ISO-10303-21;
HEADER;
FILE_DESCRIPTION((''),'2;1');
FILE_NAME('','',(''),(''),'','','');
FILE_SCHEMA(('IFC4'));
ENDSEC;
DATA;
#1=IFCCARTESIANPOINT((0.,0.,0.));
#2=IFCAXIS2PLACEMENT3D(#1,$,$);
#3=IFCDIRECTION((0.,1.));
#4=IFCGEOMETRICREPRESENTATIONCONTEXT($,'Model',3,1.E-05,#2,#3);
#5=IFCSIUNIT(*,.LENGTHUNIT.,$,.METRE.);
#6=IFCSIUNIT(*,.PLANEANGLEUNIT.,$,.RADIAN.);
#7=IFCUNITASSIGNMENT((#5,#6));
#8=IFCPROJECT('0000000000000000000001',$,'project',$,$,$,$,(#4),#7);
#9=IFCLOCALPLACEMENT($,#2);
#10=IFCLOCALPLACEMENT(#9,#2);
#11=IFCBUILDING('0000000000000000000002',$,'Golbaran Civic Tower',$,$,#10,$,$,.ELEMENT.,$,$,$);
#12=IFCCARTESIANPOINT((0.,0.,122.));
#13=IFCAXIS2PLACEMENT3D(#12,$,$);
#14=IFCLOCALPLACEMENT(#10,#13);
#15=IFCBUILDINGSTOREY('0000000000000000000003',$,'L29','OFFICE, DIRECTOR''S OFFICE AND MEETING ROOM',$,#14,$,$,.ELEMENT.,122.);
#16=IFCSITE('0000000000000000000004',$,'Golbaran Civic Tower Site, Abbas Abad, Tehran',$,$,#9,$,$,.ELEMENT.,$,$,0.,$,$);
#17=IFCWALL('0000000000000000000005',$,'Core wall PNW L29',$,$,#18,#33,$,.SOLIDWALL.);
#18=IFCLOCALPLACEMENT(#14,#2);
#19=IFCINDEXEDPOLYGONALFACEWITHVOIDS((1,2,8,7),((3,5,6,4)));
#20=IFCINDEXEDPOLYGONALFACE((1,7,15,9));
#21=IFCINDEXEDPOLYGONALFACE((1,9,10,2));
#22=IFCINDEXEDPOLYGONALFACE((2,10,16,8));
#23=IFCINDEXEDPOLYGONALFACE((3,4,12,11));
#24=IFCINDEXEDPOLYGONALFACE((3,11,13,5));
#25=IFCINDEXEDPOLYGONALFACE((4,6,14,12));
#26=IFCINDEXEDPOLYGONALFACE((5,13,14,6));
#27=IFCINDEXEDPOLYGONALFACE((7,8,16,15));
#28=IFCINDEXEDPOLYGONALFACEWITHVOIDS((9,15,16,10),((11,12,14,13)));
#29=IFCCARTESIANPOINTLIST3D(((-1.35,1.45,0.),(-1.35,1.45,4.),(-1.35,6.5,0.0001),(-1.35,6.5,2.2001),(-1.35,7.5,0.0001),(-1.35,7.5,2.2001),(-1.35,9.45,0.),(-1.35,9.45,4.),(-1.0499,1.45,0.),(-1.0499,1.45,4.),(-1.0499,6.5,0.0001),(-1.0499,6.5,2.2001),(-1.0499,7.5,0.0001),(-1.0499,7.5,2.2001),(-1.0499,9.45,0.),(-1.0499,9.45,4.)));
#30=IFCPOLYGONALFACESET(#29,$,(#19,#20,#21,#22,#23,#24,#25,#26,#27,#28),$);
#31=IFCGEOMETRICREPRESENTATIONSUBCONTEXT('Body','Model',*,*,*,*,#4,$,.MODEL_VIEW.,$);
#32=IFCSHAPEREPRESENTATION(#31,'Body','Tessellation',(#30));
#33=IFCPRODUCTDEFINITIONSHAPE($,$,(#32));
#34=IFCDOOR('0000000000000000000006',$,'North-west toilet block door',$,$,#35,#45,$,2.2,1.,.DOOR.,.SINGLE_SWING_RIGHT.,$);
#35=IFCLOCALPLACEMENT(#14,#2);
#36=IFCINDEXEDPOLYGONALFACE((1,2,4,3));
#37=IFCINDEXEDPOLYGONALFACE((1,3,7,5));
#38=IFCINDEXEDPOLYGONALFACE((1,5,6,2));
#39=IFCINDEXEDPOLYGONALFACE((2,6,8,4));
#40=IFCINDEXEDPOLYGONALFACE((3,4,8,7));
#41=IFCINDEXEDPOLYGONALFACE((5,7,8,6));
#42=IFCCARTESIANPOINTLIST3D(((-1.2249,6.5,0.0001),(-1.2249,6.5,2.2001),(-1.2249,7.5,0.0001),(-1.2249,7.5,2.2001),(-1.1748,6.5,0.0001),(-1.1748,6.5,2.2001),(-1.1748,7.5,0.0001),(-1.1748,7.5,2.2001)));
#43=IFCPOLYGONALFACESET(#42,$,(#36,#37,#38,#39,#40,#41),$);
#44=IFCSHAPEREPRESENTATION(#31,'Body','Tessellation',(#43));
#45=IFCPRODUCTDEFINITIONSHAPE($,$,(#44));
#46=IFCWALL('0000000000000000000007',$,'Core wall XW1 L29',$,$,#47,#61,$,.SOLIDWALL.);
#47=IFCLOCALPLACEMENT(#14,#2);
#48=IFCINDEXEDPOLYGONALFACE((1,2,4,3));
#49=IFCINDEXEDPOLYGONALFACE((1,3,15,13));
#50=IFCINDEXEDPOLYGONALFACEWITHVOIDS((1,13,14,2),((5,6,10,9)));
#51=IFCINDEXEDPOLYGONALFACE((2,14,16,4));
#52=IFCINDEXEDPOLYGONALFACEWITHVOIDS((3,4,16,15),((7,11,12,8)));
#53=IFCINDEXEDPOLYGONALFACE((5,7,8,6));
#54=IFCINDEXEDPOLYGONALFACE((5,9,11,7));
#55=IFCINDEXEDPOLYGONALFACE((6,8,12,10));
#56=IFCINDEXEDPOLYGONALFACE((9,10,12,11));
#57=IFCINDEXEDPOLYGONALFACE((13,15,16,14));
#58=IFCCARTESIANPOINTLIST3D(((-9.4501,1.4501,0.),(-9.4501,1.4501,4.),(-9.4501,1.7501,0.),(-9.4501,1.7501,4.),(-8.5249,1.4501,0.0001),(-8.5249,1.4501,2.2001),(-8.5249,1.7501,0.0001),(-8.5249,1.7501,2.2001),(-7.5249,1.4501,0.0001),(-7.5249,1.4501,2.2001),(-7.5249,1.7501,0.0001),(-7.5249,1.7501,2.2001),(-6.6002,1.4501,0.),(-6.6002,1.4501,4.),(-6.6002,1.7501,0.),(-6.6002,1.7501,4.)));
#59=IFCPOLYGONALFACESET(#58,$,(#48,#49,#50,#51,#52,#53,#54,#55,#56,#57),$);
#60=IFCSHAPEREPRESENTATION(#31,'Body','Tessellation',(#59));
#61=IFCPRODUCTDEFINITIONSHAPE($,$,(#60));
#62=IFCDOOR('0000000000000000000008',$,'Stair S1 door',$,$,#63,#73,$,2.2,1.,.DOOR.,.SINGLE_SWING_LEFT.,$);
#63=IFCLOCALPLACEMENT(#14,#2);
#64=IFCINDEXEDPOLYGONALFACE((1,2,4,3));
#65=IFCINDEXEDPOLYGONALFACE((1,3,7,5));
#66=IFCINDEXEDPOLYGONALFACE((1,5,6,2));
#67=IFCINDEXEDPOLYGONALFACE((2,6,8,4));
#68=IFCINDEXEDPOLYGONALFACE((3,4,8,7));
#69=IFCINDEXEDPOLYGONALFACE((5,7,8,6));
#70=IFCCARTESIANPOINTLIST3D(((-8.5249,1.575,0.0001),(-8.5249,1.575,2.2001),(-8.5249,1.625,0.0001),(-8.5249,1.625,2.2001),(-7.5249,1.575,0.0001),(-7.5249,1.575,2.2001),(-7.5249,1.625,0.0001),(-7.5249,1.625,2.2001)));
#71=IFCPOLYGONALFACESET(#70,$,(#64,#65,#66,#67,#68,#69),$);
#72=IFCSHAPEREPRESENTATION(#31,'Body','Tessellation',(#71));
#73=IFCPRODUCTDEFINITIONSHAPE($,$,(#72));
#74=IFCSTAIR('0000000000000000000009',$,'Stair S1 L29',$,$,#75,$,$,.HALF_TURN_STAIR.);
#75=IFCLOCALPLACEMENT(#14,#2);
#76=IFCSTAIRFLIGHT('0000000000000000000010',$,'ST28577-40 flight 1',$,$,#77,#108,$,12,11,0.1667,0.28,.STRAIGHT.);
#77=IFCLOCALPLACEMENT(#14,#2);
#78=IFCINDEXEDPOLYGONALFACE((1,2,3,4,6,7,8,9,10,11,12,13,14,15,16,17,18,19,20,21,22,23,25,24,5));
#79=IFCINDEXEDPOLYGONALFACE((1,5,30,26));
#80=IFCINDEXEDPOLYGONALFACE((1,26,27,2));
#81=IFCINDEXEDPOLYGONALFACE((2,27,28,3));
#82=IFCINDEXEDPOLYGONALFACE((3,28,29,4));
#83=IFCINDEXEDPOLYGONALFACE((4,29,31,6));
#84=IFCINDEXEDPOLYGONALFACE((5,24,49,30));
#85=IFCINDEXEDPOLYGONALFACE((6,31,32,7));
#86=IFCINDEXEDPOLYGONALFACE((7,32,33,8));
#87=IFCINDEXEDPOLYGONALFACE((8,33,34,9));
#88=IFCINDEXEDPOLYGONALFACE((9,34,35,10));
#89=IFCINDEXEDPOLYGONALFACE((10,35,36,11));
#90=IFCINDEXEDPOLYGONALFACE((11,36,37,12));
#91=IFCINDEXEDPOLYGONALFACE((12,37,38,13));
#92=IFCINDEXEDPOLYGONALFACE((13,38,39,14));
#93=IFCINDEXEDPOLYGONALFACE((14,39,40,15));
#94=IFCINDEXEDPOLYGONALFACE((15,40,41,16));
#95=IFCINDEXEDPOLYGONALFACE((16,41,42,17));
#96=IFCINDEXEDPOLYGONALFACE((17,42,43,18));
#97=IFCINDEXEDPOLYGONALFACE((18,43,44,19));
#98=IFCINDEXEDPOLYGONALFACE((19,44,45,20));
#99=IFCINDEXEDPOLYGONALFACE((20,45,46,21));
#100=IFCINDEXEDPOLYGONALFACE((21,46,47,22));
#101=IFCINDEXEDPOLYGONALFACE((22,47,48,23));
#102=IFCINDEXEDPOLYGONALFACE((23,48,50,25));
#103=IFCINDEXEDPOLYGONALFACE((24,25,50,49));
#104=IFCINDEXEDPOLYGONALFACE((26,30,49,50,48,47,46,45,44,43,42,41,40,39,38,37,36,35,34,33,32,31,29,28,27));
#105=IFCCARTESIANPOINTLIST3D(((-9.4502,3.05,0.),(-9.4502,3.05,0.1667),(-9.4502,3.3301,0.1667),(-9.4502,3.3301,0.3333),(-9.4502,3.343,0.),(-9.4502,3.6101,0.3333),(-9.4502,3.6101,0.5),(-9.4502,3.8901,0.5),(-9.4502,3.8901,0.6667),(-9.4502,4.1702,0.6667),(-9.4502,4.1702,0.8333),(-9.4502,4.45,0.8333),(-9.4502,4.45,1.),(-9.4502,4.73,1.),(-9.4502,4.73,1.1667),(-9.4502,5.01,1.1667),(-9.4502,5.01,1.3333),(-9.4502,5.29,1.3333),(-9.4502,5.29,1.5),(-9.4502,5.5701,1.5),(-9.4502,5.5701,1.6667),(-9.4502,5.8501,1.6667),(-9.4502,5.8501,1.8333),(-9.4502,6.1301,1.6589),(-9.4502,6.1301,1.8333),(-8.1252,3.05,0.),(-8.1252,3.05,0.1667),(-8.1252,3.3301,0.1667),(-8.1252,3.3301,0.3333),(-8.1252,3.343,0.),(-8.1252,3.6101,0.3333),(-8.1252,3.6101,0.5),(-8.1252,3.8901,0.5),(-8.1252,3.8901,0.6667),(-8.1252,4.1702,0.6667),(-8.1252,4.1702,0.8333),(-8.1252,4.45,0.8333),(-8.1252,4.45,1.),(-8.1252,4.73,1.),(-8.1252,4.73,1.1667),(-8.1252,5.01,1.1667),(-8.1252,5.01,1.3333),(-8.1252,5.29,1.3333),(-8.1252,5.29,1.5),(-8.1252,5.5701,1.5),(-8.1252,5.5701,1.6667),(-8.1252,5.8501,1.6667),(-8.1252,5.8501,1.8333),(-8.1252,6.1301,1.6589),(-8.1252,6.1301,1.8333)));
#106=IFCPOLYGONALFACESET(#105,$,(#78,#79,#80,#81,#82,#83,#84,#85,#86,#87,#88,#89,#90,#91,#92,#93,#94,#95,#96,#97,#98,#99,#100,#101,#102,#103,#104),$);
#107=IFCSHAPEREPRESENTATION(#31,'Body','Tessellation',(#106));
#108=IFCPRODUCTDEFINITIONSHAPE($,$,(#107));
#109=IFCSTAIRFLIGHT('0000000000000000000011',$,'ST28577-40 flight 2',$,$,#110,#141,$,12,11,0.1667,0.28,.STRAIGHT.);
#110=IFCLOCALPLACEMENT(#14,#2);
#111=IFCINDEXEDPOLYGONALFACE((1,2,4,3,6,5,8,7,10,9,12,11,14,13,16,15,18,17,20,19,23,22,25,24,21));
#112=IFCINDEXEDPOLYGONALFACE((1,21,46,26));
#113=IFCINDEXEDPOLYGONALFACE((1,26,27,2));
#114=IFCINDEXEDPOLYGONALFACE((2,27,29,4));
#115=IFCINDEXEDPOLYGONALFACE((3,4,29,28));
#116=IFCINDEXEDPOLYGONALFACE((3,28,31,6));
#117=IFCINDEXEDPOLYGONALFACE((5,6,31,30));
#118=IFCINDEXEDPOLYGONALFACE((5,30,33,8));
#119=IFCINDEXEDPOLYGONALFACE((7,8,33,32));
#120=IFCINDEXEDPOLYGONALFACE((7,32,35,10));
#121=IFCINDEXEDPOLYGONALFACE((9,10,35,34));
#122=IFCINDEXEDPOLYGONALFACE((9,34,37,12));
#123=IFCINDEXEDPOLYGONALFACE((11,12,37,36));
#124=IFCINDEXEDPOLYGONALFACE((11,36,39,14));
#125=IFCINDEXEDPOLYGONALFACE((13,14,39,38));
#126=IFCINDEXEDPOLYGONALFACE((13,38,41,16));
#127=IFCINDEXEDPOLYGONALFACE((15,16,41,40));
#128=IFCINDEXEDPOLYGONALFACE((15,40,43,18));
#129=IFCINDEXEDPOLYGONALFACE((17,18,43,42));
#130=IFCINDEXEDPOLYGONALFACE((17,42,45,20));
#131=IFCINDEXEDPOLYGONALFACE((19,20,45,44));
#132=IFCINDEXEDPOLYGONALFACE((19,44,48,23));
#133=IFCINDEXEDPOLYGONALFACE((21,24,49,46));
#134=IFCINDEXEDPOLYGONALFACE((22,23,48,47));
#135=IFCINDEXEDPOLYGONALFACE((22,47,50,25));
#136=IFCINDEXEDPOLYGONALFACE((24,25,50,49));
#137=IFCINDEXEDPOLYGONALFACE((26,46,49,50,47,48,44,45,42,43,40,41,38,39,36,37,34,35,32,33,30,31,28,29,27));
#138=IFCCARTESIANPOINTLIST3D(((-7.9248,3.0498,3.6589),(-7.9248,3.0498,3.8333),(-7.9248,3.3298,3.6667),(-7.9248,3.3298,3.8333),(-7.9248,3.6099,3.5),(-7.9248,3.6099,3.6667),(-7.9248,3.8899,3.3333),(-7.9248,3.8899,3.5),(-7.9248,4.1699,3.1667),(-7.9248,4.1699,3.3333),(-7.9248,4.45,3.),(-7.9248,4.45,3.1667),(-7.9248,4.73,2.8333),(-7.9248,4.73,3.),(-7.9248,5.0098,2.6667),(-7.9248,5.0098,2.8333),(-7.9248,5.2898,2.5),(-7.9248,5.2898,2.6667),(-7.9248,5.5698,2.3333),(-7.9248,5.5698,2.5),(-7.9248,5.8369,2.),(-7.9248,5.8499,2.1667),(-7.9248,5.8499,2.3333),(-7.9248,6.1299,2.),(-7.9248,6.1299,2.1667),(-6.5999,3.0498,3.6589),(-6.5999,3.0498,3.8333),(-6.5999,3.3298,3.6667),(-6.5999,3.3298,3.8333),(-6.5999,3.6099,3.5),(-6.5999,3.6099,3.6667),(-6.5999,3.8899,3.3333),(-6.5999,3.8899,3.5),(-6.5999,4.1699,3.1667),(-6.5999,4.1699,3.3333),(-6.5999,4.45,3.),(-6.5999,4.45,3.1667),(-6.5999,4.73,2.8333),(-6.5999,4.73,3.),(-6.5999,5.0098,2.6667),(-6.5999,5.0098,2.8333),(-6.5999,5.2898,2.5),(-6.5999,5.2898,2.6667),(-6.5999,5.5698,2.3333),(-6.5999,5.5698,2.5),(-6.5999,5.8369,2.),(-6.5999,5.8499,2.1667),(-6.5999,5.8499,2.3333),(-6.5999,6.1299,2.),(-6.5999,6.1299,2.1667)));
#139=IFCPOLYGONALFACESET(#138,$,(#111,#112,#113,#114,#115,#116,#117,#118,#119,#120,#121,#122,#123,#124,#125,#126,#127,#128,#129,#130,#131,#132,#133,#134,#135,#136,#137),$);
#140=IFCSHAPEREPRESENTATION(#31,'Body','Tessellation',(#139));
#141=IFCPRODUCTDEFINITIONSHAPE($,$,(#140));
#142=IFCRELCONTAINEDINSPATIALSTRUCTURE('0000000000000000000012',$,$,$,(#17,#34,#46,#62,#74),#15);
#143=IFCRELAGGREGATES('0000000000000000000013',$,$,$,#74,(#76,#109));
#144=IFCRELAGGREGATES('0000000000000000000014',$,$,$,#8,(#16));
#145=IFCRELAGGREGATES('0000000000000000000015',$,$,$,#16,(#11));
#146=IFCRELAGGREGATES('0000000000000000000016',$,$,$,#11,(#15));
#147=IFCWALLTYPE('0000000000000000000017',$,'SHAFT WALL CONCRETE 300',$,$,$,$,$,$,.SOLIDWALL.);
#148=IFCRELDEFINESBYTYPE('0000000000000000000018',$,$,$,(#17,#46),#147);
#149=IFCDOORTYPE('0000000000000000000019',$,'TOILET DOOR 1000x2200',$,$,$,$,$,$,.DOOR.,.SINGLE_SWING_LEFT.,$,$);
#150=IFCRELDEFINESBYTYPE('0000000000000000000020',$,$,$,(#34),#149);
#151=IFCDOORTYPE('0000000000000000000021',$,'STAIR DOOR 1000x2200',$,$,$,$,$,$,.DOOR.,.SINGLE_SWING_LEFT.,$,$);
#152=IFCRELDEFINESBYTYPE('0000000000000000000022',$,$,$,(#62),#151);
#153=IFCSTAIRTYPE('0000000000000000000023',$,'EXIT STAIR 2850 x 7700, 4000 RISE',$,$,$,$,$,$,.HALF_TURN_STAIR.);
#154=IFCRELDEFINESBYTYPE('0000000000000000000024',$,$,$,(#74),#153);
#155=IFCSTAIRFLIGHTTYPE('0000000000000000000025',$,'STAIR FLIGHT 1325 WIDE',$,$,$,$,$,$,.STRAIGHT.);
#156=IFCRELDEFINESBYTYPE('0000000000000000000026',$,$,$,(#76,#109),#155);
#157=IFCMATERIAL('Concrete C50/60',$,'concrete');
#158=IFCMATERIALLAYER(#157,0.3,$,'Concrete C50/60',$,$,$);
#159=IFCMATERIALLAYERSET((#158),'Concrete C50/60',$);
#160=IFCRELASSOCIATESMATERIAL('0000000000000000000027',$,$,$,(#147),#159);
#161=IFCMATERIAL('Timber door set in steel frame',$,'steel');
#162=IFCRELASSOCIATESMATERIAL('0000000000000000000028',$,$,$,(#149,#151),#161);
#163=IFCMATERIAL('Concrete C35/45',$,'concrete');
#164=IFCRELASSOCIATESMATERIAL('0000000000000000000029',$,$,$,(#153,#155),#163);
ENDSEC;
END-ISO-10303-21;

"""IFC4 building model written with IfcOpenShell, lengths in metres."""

from ifc_helpers import new_model, si_unit, direction, frame, frame_2d, origin, place, context, subcontext, project, spatial, polyline, rectangle, outline, extrude, material, layer, layer_set, type_object, element, fill, aggregate, save


model = new_model("IFC4")

# Units and contexts
model_context = context("Model", 3, precision=1e-05, world=origin(), true_north=direction((0.0, 1.0)))
body_context = subcontext(model_context, "Body", "Model", "MODEL_VIEW")
ifc_project = project(units=[si_unit("LENGTHUNIT", "METRE"), si_unit("PLANEANGLEUNIT", "RADIAN")], contexts=[model_context])

# Site, building, storey
site_placement = place(None, origin())
site = spatial("IfcSite", under=ifc_project, at=site_placement, Name="Golbaran Civic Tower Site, Abbas Abad, Tehran", CompositionType="ELEMENT", RefElevation=0.0)
building_placement = place(site_placement, origin())
building = spatial("IfcBuilding", under=site, at=building_placement, Name="Golbaran Civic Tower", CompositionType="ELEMENT")
storey_placement = place(building_placement, frame((0.0, 0.0, 122.0)))
storey = spatial("IfcBuildingStorey", under=building, at=storey_placement, Name="L29", Description="OFFICE, DIRECTOR'S OFFICE AND MEETING ROOM", CompositionType="ELEMENT", Elevation=122.0)

# Shared definitions
ifc_material_1 = material(Name="Concrete C35/45", Category="concrete")

# Shared definitions
ifc_material_2 = material(Name="Concrete C50/60", Category="concrete")

# Shared definitions
ifc_material_3 = material(Name="Timber door set in steel frame", Category="steel")

# Shared definitions
ifc_layer_1 = layer(ifc_material_2, 0.3, Name="Concrete C50/60")
ifc_layer_set_1 = layer_set([ifc_layer_1], Name="Concrete C50/60")
wall_type_1 = type_object("IfcWallType", Name="SHAFT WALL CONCRETE 300", PredefinedType="SOLIDWALL", material=ifc_layer_set_1)

# Walls, openings, doors
wall_1_placement = place(storey_placement, frame((-1.2, 1.45, 0.0), z_axis=(0.0, 0.0, 1.0), x_axis=(0.0, 1.0, 0.0)))
wall_1 = element("IfcWall", 1, at=wall_1_placement, inside=storey, type_object=wall_type_1, Name="Core wall PNW L29", PredefinedType="SOLIDWALL", context=body_context, shape_type="SweptSolid", body=[
    extrude(rectangle(XDim=8.0, YDim=0.3, at=frame_2d((4.0, 0.0))), origin(), (0.0, 0.0, 1.0), 4.0),
])
opening_1_placement = place(wall_1_placement, frame((5.05, 0.0, 0.0)))
opening_1 = element("IfcOpeningElement", 2, at=opening_1_placement, cuts=wall_1, PredefinedType="OPENING", context=body_context, shape_type="SweptSolid", body=[
    extrude(rectangle(XDim=1.0, YDim=2.2, at=frame_2d((0.5, 1.1001))), frame((0.0, 0.1599, 0.0), z_axis=(0.0, -1.0, 0.0), x_axis=(1.0, 0.0, 0.0)), (0.0, 0.0, 1.0), 0.3201),
])
door_type_1 = type_object("IfcDoorType", Name="TOILET DOOR 1000x2200", OperationType="SINGLE_SWING_LEFT", PredefinedType="DOOR", material=ifc_material_3)
door_1_placement = place(opening_1_placement, origin())
door_1 = element("IfcDoor", 3, at=door_1_placement, inside=storey, type_object=door_type_1, Name="North-west toilet block door", OperationType="SINGLE_SWING_RIGHT", OverallHeight=2.2, OverallWidth=1.0, PredefinedType="DOOR", context=body_context, shape_type="SweptSolid", body=[
    extrude(rectangle(XDim=1.0, YDim=2.2, at=frame_2d((0.5, 1.1001))), frame((0.0, 0.0249, 0.0), z_axis=(0.0, -1.0, 0.0), x_axis=(1.0, 0.0, 0.0)), (0.0, 0.0, 1.0), 0.05),
])
fill(opening_1, door_1)
wall_2_placement = place(storey_placement, frame((-9.45, 1.6001, 0.0), z_axis=(0.0, 0.0, 1.0), x_axis=(1.0, 0.0, 0.0)))
wall_2 = element("IfcWall", 4, at=wall_2_placement, inside=storey, type_object=wall_type_1, Name="Core wall XW1 L29", PredefinedType="SOLIDWALL", context=body_context, shape_type="SweptSolid", body=[
    extrude(rectangle(XDim=2.8499, YDim=0.3, at=frame_2d((1.4248, 0.0))), origin(), (0.0, 0.0, 1.0), 4.0),
])
opening_2_placement = place(wall_2_placement, frame((0.925, 0.0, 0.0)))
opening_2 = element("IfcOpeningElement", 5, at=opening_2_placement, cuts=wall_2, PredefinedType="OPENING", context=body_context, shape_type="SweptSolid", body=[
    extrude(rectangle(XDim=1.0, YDim=2.2, at=frame_2d((0.5, 1.1001))), frame((0.0, 0.1599, 0.0), z_axis=(0.0, -1.0, 0.0), x_axis=(1.0, 0.0, 0.0)), (0.0, 0.0, 1.0), 0.3201),
])
door_type_2 = type_object("IfcDoorType", Name="STAIR DOOR 1000x2200", OperationType="SINGLE_SWING_LEFT", PredefinedType="DOOR", material=ifc_material_3)
door_2_placement = place(opening_2_placement, origin())
door_2 = element("IfcDoor", 6, at=door_2_placement, inside=storey, type_object=door_type_2, Name="Stair S1 door", OperationType="SINGLE_SWING_LEFT", OverallHeight=2.2, OverallWidth=1.0, PredefinedType="DOOR", context=body_context, shape_type="SweptSolid", body=[
    extrude(rectangle(XDim=1.0, YDim=2.2, at=frame_2d((0.5, 1.1001))), frame((0.0, 0.0249, 0.0), z_axis=(0.0, -1.0, 0.0), x_axis=(1.0, 0.0, 0.0)), (0.0, 0.0, 1.0), 0.05),
])
fill(opening_2, door_2)

# Stair, stair flights
stair_type = type_object("IfcStairType", Name="EXIT STAIR 2850 x 7700, 4000 RISE", PredefinedType="HALF_TURN_STAIR", material=ifc_material_1)
stair_placement = place(storey_placement, origin())
stair = element("IfcStair", 7, at=stair_placement, inside=storey, type_object=stair_type, Name="Stair S1 L29", PredefinedType="HALF_TURN_STAIR")
stair_flight_type = type_object("IfcStairFlightType", Name="STAIR FLIGHT 1325 WIDE", PredefinedType="STRAIGHT", material=ifc_material_1)
stair_flight_1_placement = place(storey_placement, frame((-8.7876, 3.05, 0.0), z_axis=(0.0, 0.0, 1.0), x_axis=(0.0, 1.0, 0.0)))
stair_flight_1 = element("IfcStairFlight", 8, at=stair_flight_1_placement, type_object=stair_flight_type, Name="ST28577-40 flight 1", NumberOfRisers=12, NumberOfTreads=11, PredefinedType="STRAIGHT", RiserHeight=0.1667, TreadLength=0.28, context=body_context, shape_type="SweptSolid", body=[
    extrude(outline(polyline([(0.0, 0.0), (0.0, 0.1667), (0.28, 0.1667), (0.28, 0.3333), (0.5601, 0.3333), (0.5601, 0.5), (0.8401, 0.5), (0.8401, 0.6667), (1.1201, 0.6667), (1.1201, 0.8333), (1.3999, 0.8333), (1.3999, 1.0), (1.6799, 1.0), (1.6799, 1.1667), (1.96, 1.1667), (1.96, 1.3333), (2.24, 1.3333), (2.24, 1.5), (2.52, 1.5), (2.52, 1.6667), (2.8, 1.6667), (2.8, 1.8333), (3.0801, 1.8333), (3.0801, 2.0), (3.0801, 1.6589), (0.293, 0.0), (0.0, 0.0)])), frame((0.0, 0.6626, 0.0), z_axis=(0.0, -1.0, 0.0), x_axis=(1.0, 0.0, 0.0)), (0.0, 0.0, 1.0), 1.325),
])
stair_flight_2_placement = place(storey_placement, frame((-7.2625, 6.1299, 2.0), z_axis=(0.0, 0.0, 1.0), x_axis=(0.0, -1.0, 0.0)))
stair_flight_2 = element("IfcStairFlight", 9, at=stair_flight_2_placement, type_object=stair_flight_type, Name="ST28577-40 flight 2", NumberOfRisers=12, NumberOfTreads=11, PredefinedType="STRAIGHT", RiserHeight=0.1667, TreadLength=0.28, context=body_context, shape_type="SweptSolid", body=[
    extrude(outline(polyline([(0.0, 0.0), (0.0, 0.1667), (0.28, 0.1667), (0.28, 0.3333), (0.5601, 0.3333), (0.5601, 0.5), (0.8401, 0.5), (0.8401, 0.6667), (1.1201, 0.6667), (1.1201, 0.8333), (1.3999, 0.8333), (1.3999, 1.0), (1.6799, 1.0), (1.6799, 1.1667), (1.96, 1.1667), (1.96, 1.3333), (2.24, 1.3333), (2.24, 1.5), (2.52, 1.5), (2.52, 1.6667), (2.8, 1.6667), (2.8, 1.8333), (3.0801, 1.8333), (3.0801, 2.0), (3.0801, 1.6589), (0.293, 0.0), (0.0, 0.0)])), frame((0.0, 0.6626, 0.0), z_axis=(0.0, -1.0, 0.0), x_axis=(1.0, 0.0, 0.0)), (0.0, 0.0, 1.0), 1.325),
])
aggregate(stair, [stair_flight_1, stair_flight_2])

save(model, "model.ifc")
